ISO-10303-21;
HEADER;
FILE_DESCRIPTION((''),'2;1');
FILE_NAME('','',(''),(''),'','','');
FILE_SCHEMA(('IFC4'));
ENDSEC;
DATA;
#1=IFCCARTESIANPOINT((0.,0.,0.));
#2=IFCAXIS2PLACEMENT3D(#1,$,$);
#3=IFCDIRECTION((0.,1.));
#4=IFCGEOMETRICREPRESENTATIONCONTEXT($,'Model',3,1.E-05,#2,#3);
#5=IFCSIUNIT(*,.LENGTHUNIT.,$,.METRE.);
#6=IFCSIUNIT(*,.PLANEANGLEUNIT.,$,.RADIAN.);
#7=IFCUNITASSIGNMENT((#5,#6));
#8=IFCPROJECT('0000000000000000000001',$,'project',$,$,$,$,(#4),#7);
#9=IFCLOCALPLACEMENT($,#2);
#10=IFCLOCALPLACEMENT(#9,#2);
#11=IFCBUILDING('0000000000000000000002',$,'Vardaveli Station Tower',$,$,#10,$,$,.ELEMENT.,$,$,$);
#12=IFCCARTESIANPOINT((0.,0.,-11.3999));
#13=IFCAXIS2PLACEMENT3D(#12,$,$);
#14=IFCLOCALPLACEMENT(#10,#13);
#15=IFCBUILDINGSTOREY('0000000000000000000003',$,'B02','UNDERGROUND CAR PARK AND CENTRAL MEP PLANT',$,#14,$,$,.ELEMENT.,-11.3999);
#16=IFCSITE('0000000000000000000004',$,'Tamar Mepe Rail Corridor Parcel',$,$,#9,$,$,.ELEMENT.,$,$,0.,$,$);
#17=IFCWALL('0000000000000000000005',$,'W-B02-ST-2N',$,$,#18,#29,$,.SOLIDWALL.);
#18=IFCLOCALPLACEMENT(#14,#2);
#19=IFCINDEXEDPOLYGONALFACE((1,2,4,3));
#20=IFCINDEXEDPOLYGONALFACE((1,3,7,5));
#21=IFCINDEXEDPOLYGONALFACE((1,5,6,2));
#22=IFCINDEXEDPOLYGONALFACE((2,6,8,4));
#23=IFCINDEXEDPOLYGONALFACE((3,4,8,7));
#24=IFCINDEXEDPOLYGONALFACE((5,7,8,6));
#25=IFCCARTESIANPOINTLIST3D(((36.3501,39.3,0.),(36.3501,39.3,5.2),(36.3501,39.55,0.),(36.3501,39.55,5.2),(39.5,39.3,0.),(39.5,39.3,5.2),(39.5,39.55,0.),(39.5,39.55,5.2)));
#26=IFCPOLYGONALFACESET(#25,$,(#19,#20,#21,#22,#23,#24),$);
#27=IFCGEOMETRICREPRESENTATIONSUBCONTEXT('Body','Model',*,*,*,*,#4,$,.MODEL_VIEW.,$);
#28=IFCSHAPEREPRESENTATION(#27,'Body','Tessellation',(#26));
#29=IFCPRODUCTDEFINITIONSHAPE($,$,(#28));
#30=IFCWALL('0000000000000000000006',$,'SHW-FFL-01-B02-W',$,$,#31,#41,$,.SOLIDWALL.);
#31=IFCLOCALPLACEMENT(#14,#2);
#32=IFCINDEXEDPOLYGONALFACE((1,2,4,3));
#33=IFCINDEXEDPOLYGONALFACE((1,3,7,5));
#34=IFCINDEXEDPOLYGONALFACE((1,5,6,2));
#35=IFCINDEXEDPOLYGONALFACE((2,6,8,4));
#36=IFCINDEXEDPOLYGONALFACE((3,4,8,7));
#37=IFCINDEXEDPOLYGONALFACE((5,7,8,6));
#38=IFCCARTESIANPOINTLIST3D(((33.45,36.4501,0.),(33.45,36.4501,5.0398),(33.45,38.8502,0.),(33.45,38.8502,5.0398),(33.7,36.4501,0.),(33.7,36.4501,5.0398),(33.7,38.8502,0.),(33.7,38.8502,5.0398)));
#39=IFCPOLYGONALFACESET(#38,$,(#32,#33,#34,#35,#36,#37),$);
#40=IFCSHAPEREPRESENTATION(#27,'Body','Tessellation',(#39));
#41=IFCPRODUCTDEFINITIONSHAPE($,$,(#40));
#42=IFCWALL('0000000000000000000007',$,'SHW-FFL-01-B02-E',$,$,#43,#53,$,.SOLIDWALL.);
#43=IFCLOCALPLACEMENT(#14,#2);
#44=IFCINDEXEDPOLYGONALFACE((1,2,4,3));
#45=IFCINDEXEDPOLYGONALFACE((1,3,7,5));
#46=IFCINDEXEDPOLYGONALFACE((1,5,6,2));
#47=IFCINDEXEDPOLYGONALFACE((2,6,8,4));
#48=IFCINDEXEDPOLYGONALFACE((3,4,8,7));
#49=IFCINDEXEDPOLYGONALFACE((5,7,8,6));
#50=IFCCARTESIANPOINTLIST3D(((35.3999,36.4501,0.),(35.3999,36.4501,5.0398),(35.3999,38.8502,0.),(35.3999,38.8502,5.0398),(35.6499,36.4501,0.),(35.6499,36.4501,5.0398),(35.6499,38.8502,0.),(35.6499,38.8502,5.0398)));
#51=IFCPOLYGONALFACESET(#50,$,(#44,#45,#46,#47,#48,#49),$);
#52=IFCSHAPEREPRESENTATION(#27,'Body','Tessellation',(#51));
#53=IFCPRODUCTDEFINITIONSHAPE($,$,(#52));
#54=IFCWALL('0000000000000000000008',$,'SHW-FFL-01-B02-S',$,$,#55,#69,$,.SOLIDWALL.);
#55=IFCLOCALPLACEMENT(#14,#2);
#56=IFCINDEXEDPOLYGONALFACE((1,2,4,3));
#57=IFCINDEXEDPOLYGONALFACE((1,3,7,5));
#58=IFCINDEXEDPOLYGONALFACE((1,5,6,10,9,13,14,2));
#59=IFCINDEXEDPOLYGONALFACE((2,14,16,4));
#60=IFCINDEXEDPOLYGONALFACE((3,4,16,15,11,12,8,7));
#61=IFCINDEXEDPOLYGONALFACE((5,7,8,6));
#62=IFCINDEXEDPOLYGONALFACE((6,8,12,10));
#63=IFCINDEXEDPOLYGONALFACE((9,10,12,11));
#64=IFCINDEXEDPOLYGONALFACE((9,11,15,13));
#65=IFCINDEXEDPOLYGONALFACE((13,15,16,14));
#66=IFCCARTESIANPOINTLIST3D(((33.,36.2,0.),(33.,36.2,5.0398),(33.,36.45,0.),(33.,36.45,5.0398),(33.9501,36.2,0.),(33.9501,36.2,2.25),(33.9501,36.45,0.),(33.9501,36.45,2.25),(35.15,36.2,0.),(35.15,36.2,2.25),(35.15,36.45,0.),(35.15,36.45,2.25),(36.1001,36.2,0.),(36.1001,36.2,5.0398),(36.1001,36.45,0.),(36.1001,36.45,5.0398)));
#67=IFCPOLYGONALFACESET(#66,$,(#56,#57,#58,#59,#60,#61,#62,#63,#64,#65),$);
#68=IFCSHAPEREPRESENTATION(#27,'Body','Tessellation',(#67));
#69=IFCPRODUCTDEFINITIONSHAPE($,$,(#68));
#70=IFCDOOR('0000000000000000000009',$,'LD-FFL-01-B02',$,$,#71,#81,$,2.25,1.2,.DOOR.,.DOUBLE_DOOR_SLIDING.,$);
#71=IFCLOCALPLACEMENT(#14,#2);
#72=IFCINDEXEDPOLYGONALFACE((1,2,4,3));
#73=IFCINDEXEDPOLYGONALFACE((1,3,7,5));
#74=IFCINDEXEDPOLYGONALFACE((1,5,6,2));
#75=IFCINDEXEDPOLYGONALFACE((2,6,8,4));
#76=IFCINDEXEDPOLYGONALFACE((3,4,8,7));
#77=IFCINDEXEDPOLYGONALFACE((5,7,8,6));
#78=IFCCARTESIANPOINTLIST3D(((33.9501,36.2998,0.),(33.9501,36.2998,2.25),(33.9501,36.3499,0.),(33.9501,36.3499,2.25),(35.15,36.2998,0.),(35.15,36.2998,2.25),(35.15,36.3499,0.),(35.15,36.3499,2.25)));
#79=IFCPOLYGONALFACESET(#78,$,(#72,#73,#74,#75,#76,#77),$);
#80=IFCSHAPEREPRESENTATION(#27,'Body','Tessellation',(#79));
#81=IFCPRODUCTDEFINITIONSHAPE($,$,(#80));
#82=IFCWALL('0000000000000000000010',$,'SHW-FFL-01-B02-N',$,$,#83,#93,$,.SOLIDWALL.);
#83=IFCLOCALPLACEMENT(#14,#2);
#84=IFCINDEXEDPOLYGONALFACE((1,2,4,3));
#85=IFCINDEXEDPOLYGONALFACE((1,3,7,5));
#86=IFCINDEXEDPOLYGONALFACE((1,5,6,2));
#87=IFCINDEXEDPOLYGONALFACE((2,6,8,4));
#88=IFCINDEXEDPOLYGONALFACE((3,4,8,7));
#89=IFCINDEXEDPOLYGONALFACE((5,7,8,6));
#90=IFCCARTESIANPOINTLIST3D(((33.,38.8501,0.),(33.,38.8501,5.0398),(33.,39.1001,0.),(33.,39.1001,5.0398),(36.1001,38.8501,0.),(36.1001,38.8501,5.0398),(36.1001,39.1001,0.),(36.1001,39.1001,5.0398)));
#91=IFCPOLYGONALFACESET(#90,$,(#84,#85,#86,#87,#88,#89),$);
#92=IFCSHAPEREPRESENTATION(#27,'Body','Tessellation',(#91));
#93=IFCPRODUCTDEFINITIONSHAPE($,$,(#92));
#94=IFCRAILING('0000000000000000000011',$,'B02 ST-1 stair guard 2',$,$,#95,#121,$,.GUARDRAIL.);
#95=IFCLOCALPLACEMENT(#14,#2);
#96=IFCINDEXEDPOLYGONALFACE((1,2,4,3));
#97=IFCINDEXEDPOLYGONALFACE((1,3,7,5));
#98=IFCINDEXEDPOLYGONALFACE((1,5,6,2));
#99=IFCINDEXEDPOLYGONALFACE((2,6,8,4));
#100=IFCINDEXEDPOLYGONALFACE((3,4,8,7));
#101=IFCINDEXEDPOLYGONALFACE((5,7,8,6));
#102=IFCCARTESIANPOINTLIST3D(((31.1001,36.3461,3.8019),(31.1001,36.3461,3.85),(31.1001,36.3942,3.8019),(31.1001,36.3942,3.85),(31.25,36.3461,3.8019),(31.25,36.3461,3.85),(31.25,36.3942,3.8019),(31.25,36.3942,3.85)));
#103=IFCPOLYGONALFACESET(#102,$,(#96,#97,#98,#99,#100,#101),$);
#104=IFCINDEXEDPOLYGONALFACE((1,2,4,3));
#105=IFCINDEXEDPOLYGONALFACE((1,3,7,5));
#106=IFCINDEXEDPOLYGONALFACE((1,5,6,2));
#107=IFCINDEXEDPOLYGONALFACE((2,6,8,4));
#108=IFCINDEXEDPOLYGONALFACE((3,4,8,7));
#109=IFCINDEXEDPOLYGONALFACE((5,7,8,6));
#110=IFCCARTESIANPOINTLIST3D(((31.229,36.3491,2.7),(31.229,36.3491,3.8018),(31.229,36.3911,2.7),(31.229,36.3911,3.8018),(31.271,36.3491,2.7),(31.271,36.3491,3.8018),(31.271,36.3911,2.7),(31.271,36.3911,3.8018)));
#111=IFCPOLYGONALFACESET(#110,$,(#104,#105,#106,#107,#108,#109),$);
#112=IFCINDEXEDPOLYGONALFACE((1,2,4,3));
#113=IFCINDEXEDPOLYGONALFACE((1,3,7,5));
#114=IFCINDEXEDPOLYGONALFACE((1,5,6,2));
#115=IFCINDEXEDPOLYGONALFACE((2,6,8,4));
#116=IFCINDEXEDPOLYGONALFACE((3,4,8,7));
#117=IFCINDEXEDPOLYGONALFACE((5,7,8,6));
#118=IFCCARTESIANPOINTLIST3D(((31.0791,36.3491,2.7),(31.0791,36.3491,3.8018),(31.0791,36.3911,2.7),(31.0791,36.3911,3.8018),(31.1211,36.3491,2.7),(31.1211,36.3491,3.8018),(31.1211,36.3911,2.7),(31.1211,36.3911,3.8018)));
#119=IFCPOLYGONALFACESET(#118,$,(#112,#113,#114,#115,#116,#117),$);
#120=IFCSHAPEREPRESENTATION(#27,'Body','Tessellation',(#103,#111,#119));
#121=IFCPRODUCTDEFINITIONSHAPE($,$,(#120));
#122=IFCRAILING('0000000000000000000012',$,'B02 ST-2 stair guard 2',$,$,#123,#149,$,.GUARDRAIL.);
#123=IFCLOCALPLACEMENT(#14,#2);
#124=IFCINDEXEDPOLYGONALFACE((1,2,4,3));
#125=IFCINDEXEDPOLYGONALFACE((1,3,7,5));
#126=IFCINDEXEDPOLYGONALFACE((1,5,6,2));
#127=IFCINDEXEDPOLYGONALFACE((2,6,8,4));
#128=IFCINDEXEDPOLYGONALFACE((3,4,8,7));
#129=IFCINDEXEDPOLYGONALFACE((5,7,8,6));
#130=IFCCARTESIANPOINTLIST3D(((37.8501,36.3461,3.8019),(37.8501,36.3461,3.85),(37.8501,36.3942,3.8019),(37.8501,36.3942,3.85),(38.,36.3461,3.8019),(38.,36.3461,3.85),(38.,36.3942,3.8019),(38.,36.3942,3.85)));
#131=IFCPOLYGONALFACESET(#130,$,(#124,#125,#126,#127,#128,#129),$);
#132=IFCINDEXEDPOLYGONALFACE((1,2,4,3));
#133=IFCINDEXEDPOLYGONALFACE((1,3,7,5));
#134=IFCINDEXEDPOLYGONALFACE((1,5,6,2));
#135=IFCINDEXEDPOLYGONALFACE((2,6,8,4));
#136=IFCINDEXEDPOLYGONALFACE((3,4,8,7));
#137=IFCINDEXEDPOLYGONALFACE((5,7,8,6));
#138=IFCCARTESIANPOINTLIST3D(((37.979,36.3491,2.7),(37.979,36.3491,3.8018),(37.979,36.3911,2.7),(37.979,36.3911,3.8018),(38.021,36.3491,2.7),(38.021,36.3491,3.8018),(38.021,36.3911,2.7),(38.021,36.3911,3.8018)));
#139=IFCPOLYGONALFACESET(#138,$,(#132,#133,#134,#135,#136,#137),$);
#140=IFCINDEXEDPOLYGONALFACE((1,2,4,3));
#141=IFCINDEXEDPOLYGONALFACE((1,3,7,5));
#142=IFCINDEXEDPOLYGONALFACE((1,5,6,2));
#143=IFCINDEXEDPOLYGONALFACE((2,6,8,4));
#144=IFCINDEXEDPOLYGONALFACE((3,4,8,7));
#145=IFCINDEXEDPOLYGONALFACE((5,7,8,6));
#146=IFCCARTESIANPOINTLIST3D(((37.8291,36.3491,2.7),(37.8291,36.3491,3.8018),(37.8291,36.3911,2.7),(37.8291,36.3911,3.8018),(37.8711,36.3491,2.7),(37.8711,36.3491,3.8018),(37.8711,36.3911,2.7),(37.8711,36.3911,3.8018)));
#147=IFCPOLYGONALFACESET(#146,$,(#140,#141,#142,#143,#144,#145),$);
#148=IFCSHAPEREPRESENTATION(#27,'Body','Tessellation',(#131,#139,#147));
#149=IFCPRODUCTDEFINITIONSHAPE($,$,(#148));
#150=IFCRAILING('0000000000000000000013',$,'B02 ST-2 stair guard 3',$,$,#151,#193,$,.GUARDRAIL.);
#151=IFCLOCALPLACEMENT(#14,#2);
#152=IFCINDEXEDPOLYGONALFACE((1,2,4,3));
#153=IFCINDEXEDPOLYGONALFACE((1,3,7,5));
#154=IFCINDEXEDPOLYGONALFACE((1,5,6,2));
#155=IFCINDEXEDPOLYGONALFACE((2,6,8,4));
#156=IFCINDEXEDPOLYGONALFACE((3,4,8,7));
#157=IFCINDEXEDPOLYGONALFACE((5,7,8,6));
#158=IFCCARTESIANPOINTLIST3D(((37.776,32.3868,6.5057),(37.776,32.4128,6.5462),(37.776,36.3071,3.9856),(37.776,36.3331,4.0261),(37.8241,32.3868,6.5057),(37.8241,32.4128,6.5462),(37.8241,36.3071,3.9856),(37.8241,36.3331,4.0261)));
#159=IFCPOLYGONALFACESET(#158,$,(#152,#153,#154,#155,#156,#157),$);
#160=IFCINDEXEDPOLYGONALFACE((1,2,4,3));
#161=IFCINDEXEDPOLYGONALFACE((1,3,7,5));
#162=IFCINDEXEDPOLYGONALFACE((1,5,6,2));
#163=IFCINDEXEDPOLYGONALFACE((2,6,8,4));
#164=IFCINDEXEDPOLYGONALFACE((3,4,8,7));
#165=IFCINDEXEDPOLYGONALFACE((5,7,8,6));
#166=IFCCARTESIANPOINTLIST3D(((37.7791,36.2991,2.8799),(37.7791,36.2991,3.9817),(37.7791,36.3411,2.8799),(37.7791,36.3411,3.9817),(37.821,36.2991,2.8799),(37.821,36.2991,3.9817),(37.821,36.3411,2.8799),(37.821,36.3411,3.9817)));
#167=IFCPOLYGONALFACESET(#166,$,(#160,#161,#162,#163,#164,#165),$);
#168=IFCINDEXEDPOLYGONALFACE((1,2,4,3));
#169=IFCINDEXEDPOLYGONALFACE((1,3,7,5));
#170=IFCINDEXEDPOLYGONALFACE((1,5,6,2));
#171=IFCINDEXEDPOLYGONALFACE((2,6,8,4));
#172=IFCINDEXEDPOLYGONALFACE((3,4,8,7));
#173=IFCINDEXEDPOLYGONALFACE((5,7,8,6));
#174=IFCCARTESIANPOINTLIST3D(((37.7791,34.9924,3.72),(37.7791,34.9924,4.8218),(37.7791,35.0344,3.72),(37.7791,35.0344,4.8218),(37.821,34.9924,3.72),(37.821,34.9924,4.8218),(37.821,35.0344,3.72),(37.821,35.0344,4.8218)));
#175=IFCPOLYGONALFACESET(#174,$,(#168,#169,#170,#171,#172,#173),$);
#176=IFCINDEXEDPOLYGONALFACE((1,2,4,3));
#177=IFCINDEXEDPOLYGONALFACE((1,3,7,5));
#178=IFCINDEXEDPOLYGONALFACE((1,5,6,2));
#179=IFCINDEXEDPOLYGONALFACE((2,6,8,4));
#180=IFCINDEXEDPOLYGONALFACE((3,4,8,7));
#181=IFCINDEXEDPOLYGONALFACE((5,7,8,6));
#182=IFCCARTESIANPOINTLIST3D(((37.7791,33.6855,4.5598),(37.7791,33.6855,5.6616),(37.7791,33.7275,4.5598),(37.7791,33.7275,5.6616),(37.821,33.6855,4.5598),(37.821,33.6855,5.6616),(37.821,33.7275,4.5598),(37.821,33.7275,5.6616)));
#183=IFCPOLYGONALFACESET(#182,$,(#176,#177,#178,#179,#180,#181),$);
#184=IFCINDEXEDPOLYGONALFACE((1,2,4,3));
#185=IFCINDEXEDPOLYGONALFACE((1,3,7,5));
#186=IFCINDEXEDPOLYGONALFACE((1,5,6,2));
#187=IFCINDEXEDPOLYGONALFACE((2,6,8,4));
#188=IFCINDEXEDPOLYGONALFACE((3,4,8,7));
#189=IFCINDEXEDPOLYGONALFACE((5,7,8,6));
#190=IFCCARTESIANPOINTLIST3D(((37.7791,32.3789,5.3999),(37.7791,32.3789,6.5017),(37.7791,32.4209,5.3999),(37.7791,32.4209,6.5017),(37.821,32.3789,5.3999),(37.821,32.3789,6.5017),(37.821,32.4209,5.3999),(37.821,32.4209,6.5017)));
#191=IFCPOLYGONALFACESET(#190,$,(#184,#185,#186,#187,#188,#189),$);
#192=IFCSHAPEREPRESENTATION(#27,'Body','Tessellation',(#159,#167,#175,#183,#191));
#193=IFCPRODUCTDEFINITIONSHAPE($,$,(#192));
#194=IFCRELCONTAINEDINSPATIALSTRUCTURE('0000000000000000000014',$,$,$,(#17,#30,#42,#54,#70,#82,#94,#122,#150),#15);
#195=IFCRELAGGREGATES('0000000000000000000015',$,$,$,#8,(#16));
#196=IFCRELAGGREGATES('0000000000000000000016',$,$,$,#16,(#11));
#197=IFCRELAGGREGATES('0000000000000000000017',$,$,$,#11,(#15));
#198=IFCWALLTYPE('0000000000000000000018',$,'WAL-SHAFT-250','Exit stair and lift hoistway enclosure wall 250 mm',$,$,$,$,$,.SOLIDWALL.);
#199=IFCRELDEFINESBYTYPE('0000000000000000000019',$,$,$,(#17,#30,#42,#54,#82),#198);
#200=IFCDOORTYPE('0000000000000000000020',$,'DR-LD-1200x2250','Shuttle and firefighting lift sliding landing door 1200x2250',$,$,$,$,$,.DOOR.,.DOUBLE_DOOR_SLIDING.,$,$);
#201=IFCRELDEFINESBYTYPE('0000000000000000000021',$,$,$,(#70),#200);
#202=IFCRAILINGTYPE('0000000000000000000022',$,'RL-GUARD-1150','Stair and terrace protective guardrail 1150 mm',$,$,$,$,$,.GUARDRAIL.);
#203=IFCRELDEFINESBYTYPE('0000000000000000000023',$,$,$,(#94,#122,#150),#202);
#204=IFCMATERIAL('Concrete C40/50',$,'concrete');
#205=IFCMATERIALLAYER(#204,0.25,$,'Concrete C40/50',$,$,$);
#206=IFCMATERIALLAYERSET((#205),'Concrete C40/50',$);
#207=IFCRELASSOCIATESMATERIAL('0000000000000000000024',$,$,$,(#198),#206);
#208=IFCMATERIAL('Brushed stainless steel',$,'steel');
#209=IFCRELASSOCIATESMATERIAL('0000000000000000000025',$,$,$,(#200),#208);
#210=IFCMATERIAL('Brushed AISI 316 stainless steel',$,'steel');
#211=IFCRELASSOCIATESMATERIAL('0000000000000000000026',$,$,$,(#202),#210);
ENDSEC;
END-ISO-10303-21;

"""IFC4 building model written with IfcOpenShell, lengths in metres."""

from ifc_helpers import new_model, si_unit, direction, frame, frame_2d, origin, origin_2d, place, context, subcontext, project, spatial, rectangle, extrude, source, transform, mapped, material, layer, layer_set, type_object, element, fill, save


model = new_model("IFC4")

# Units and contexts
model_context = context("Model", 3, precision=1e-05, world=origin(), true_north=direction((0.0, 1.0)))
body_context = subcontext(model_context, "Body", "Model", "MODEL_VIEW")
ifc_project = project(units=[si_unit("LENGTHUNIT", "METRE"), si_unit("PLANEANGLEUNIT", "RADIAN")], contexts=[model_context])

# Site, building, storey
site_placement = place(None, origin())
site = spatial("IfcSite", under=ifc_project, at=site_placement, Name="Tamar Mepe Rail Corridor Parcel", CompositionType="ELEMENT", RefElevation=0.0)
building_placement = place(site_placement, origin())
building = spatial("IfcBuilding", under=site, at=building_placement, Name="Vardaveli Station Tower", CompositionType="ELEMENT")
storey_placement = place(building_placement, frame((0.0, 0.0, -11.3999)))
storey = spatial("IfcBuildingStorey", under=building, at=storey_placement, Name="B02", Description="UNDERGROUND CAR PARK AND CENTRAL MEP PLANT", CompositionType="ELEMENT", Elevation=-11.3999)

# Shared definitions
ifc_material_1 = material(Name="Concrete C40/50", Category="concrete")

# Walls
ifc_layer_1 = layer(ifc_material_1, 0.25, Name="Concrete C40/50")
ifc_layer_set_1 = layer_set([ifc_layer_1], Name="Concrete C40/50")
wall_type_1 = type_object("IfcWallType", Name="WAL-SHAFT-250", Description="Exit stair and lift hoistway enclosure wall 250 mm", PredefinedType="SOLIDWALL", material=ifc_layer_set_1)
shared_shape_1 = source(origin(), body_context, "Body", "SweptSolid", [
    extrude(rectangle(XDim=3.1499, YDim=0.25, at=frame_2d((1.575, 0.0))), origin(), (0.0, 0.0, 1.0), 5.2),
])
for number, where, z_axis, x_axis, name in (
    (1, (36.3501, 39.425, 0.0), (0.0, 0.0, 1.0), (1.0, 0.0, 0.0), "W-B02-ST-2N"),
):
    element("IfcWall", number, at=place(storey_placement, frame(where, z_axis=z_axis, x_axis=x_axis)), inside=storey, type_object=wall_type_1, Name=name, PredefinedType="SOLIDWALL", context=body_context, shape_type="MappedRepresentation", body=[
        mapped(shared_shape_1, transform((0.0, 0.0, 0.0), scale=1.0)),
    ])
shared_shape_2 = source(origin(), body_context, "Body", "SweptSolid", [
    extrude(rectangle(XDim=2.4001, YDim=0.25, at=frame_2d((1.2002, 0.0))), origin(), (0.0, 0.0, 1.0), 5.0398),
])
for number, where, z_axis, x_axis, name in (
    (2, (33.575, 36.45, 0.0), (0.0, 0.0, 1.0), (0.0, 1.0, 0.0), "SHW-FFL-01-B02-W"),
    (3, (35.5249, 36.45, 0.0), (0.0, 0.0, 1.0), (0.0, 1.0, 0.0), "SHW-FFL-01-B02-E"),
):
    element("IfcWall", number, at=place(storey_placement, frame(where, z_axis=z_axis, x_axis=x_axis)), inside=storey, type_object=wall_type_1, Name=name, PredefinedType="SOLIDWALL", context=body_context, shape_type="MappedRepresentation", body=[
        mapped(shared_shape_2, transform((0.0, 0.0, 0.0), scale=1.0)),
    ])

# Wall, opening, door
shared_shape_3 = source(origin(), body_context, "Body", "SweptSolid", [
    extrude(rectangle(XDim=3.1001, YDim=0.25, at=frame_2d((1.55, 0.0))), origin(), (0.0, 0.0, 1.0), 5.0398),
])
wall_1_placement = place(storey_placement, frame((33.0, 36.325, 0.0), z_axis=(0.0, 0.0, 1.0), x_axis=(1.0, 0.0, 0.0)))
wall_1 = element("IfcWall", 4, at=wall_1_placement, inside=storey, type_object=wall_type_1, Name="SHW-FFL-01-B02-S", PredefinedType="SOLIDWALL", context=body_context, shape_type="MappedRepresentation", body=[
    mapped(shared_shape_3, transform((0.0, 0.0, 0.0), scale=1.0)),
])
shared_shape_4 = source(origin(), body_context, "Body", "SweptSolid", [
    extrude(rectangle(XDim=1.2, YDim=2.25, at=frame_2d((0.6001, 1.125))), frame((0.0, 0.135, 0.0), z_axis=(0.0, -1.0, 0.0), x_axis=(1.0, 0.0, 0.0)), (0.0, 0.0, 1.0), 0.27),
])
opening_placement = place(wall_1_placement, frame((0.95, 0.0, 0.0)))
opening = element("IfcOpeningElement", 5, at=opening_placement, cuts=wall_1, PredefinedType="OPENING", context=body_context, shape_type="MappedRepresentation", body=[
    mapped(shared_shape_4, transform((0.0, 0.0, 0.0), scale=1.0)),
])
ifc_material_2 = material(Name="Brushed stainless steel", Category="steel")
door_type = type_object("IfcDoorType", Name="DR-LD-1200x2250", Description="Shuttle and firefighting lift sliding landing door 1200x2250", OperationType="DOUBLE_DOOR_SLIDING", PredefinedType="DOOR", material=ifc_material_2)
shared_shape_5 = source(origin(), body_context, "Body", "SweptSolid", [
    extrude(rectangle(XDim=1.2, YDim=2.25, at=frame_2d((0.6001, 1.125))), frame((0.0, 0.0249, 0.0), z_axis=(0.0, -1.0, 0.0), x_axis=(1.0, 0.0, 0.0)), (0.0, 0.0, 1.0), 0.05),
])
door_placement = place(opening_placement, origin())
door = element("IfcDoor", 6, at=door_placement, inside=storey, type_object=door_type, Name="LD-FFL-01-B02", OperationType="DOUBLE_DOOR_SLIDING", OverallHeight=2.25, OverallWidth=1.2, PredefinedType="DOOR", context=body_context, shape_type="MappedRepresentation", body=[
    mapped(shared_shape_5, transform((0.0, 0.0, 0.0), scale=1.0)),
])
fill(opening, door)

# Wall
wall_2_placement = place(storey_placement, frame((33.0, 38.9751, 0.0), z_axis=(0.0, 0.0, 1.0), x_axis=(1.0, 0.0, 0.0)))
element("IfcWall", 7, at=wall_2_placement, inside=storey, type_object=wall_type_1, Name="SHW-FFL-01-B02-N", PredefinedType="SOLIDWALL", context=body_context, shape_type="MappedRepresentation", body=[
    mapped(shared_shape_3, transform((0.0, 0.0, 0.0), scale=1.0)),
])

# Railings
ifc_material_3 = material(Name="Brushed AISI 316 stainless steel", Category="steel")
railing_type = type_object("IfcRailingType", Name="RL-GUARD-1150", Description="Stair and terrace protective guardrail 1150 mm", PredefinedType="GUARDRAIL", material=ifc_material_3)
shared_shape_6 = source(origin(), body_context, "Body", "SweptSolid", [
    extrude(rectangle(XDim=0.0481, YDim=0.0481, at=origin_2d()), frame((0.0, 0.0, 1.126), z_axis=(-1.0, 0.0, 0.0), x_axis=(0.0, -1.0, 0.0)), (0.0, 0.0, 1.0), 0.1499),
    extrude(rectangle(XDim=0.042, YDim=0.042, at=origin_2d()), origin(), (0.0, 0.0, 1.0), 1.1018),
    extrude(rectangle(XDim=0.042, YDim=0.042, at=origin_2d()), frame((-0.1499, 0.0, 0.0)), (0.0, 0.0, 1.0), 1.1018),
])
for number, where, name in (
    (8, (31.25, 36.3701, 2.7), "B02 ST-1 stair guard 2"),
    (9, (38.0, 36.3701, 2.7), "B02 ST-2 stair guard 2"),
):
    element("IfcRailing", number, at=place(storey_placement, frame(where)), inside=storey, type_object=railing_type, Name=name, PredefinedType="GUARDRAIL", context=body_context, shape_type="MappedRepresentation", body=[
        mapped(shared_shape_6, transform((0.0, 0.0, 0.0), scale=1.0)),
    ])
shared_shape_7 = source(origin(), body_context, "Body", "SweptSolid", [
    extrude(rectangle(XDim=0.0481, YDim=0.0481, at=origin_2d()), frame((0.0, 0.0, 1.126), z_axis=(0.0, -0.841187, 0.540744), x_axis=(1.0, 0.0, 0.0)), (0.0, 0.0, 1.0), 4.6604),
    extrude(rectangle(XDim=0.042, YDim=0.042, at=origin_2d()), origin(), (0.0, 0.0, 1.0), 1.1018),
    extrude(rectangle(XDim=0.042, YDim=0.042, at=origin_2d()), frame((0.0, -1.3066, 0.8401)), (0.0, 0.0, 1.0), 1.1018),
    extrude(rectangle(XDim=0.042, YDim=0.042, at=origin_2d()), frame((0.0, -2.6135, 1.6799)), (0.0, 0.0, 1.0), 1.1018),
    extrude(rectangle(XDim=0.042, YDim=0.042, at=origin_2d()), frame((0.0, -3.9202, 2.52)), (0.0, 0.0, 1.0), 1.1018),
])
railing_placement = place(storey_placement, frame((37.8, 36.3201, 2.8799)))
element("IfcRailing", 10, at=railing_placement, inside=storey, type_object=railing_type, Name="B02 ST-2 stair guard 3", PredefinedType="GUARDRAIL", context=body_context, shape_type="MappedRepresentation", body=[
    mapped(shared_shape_7, transform((0.0, 0.0, 0.0), scale=1.0)),
])

save(model, "model.ifc")
